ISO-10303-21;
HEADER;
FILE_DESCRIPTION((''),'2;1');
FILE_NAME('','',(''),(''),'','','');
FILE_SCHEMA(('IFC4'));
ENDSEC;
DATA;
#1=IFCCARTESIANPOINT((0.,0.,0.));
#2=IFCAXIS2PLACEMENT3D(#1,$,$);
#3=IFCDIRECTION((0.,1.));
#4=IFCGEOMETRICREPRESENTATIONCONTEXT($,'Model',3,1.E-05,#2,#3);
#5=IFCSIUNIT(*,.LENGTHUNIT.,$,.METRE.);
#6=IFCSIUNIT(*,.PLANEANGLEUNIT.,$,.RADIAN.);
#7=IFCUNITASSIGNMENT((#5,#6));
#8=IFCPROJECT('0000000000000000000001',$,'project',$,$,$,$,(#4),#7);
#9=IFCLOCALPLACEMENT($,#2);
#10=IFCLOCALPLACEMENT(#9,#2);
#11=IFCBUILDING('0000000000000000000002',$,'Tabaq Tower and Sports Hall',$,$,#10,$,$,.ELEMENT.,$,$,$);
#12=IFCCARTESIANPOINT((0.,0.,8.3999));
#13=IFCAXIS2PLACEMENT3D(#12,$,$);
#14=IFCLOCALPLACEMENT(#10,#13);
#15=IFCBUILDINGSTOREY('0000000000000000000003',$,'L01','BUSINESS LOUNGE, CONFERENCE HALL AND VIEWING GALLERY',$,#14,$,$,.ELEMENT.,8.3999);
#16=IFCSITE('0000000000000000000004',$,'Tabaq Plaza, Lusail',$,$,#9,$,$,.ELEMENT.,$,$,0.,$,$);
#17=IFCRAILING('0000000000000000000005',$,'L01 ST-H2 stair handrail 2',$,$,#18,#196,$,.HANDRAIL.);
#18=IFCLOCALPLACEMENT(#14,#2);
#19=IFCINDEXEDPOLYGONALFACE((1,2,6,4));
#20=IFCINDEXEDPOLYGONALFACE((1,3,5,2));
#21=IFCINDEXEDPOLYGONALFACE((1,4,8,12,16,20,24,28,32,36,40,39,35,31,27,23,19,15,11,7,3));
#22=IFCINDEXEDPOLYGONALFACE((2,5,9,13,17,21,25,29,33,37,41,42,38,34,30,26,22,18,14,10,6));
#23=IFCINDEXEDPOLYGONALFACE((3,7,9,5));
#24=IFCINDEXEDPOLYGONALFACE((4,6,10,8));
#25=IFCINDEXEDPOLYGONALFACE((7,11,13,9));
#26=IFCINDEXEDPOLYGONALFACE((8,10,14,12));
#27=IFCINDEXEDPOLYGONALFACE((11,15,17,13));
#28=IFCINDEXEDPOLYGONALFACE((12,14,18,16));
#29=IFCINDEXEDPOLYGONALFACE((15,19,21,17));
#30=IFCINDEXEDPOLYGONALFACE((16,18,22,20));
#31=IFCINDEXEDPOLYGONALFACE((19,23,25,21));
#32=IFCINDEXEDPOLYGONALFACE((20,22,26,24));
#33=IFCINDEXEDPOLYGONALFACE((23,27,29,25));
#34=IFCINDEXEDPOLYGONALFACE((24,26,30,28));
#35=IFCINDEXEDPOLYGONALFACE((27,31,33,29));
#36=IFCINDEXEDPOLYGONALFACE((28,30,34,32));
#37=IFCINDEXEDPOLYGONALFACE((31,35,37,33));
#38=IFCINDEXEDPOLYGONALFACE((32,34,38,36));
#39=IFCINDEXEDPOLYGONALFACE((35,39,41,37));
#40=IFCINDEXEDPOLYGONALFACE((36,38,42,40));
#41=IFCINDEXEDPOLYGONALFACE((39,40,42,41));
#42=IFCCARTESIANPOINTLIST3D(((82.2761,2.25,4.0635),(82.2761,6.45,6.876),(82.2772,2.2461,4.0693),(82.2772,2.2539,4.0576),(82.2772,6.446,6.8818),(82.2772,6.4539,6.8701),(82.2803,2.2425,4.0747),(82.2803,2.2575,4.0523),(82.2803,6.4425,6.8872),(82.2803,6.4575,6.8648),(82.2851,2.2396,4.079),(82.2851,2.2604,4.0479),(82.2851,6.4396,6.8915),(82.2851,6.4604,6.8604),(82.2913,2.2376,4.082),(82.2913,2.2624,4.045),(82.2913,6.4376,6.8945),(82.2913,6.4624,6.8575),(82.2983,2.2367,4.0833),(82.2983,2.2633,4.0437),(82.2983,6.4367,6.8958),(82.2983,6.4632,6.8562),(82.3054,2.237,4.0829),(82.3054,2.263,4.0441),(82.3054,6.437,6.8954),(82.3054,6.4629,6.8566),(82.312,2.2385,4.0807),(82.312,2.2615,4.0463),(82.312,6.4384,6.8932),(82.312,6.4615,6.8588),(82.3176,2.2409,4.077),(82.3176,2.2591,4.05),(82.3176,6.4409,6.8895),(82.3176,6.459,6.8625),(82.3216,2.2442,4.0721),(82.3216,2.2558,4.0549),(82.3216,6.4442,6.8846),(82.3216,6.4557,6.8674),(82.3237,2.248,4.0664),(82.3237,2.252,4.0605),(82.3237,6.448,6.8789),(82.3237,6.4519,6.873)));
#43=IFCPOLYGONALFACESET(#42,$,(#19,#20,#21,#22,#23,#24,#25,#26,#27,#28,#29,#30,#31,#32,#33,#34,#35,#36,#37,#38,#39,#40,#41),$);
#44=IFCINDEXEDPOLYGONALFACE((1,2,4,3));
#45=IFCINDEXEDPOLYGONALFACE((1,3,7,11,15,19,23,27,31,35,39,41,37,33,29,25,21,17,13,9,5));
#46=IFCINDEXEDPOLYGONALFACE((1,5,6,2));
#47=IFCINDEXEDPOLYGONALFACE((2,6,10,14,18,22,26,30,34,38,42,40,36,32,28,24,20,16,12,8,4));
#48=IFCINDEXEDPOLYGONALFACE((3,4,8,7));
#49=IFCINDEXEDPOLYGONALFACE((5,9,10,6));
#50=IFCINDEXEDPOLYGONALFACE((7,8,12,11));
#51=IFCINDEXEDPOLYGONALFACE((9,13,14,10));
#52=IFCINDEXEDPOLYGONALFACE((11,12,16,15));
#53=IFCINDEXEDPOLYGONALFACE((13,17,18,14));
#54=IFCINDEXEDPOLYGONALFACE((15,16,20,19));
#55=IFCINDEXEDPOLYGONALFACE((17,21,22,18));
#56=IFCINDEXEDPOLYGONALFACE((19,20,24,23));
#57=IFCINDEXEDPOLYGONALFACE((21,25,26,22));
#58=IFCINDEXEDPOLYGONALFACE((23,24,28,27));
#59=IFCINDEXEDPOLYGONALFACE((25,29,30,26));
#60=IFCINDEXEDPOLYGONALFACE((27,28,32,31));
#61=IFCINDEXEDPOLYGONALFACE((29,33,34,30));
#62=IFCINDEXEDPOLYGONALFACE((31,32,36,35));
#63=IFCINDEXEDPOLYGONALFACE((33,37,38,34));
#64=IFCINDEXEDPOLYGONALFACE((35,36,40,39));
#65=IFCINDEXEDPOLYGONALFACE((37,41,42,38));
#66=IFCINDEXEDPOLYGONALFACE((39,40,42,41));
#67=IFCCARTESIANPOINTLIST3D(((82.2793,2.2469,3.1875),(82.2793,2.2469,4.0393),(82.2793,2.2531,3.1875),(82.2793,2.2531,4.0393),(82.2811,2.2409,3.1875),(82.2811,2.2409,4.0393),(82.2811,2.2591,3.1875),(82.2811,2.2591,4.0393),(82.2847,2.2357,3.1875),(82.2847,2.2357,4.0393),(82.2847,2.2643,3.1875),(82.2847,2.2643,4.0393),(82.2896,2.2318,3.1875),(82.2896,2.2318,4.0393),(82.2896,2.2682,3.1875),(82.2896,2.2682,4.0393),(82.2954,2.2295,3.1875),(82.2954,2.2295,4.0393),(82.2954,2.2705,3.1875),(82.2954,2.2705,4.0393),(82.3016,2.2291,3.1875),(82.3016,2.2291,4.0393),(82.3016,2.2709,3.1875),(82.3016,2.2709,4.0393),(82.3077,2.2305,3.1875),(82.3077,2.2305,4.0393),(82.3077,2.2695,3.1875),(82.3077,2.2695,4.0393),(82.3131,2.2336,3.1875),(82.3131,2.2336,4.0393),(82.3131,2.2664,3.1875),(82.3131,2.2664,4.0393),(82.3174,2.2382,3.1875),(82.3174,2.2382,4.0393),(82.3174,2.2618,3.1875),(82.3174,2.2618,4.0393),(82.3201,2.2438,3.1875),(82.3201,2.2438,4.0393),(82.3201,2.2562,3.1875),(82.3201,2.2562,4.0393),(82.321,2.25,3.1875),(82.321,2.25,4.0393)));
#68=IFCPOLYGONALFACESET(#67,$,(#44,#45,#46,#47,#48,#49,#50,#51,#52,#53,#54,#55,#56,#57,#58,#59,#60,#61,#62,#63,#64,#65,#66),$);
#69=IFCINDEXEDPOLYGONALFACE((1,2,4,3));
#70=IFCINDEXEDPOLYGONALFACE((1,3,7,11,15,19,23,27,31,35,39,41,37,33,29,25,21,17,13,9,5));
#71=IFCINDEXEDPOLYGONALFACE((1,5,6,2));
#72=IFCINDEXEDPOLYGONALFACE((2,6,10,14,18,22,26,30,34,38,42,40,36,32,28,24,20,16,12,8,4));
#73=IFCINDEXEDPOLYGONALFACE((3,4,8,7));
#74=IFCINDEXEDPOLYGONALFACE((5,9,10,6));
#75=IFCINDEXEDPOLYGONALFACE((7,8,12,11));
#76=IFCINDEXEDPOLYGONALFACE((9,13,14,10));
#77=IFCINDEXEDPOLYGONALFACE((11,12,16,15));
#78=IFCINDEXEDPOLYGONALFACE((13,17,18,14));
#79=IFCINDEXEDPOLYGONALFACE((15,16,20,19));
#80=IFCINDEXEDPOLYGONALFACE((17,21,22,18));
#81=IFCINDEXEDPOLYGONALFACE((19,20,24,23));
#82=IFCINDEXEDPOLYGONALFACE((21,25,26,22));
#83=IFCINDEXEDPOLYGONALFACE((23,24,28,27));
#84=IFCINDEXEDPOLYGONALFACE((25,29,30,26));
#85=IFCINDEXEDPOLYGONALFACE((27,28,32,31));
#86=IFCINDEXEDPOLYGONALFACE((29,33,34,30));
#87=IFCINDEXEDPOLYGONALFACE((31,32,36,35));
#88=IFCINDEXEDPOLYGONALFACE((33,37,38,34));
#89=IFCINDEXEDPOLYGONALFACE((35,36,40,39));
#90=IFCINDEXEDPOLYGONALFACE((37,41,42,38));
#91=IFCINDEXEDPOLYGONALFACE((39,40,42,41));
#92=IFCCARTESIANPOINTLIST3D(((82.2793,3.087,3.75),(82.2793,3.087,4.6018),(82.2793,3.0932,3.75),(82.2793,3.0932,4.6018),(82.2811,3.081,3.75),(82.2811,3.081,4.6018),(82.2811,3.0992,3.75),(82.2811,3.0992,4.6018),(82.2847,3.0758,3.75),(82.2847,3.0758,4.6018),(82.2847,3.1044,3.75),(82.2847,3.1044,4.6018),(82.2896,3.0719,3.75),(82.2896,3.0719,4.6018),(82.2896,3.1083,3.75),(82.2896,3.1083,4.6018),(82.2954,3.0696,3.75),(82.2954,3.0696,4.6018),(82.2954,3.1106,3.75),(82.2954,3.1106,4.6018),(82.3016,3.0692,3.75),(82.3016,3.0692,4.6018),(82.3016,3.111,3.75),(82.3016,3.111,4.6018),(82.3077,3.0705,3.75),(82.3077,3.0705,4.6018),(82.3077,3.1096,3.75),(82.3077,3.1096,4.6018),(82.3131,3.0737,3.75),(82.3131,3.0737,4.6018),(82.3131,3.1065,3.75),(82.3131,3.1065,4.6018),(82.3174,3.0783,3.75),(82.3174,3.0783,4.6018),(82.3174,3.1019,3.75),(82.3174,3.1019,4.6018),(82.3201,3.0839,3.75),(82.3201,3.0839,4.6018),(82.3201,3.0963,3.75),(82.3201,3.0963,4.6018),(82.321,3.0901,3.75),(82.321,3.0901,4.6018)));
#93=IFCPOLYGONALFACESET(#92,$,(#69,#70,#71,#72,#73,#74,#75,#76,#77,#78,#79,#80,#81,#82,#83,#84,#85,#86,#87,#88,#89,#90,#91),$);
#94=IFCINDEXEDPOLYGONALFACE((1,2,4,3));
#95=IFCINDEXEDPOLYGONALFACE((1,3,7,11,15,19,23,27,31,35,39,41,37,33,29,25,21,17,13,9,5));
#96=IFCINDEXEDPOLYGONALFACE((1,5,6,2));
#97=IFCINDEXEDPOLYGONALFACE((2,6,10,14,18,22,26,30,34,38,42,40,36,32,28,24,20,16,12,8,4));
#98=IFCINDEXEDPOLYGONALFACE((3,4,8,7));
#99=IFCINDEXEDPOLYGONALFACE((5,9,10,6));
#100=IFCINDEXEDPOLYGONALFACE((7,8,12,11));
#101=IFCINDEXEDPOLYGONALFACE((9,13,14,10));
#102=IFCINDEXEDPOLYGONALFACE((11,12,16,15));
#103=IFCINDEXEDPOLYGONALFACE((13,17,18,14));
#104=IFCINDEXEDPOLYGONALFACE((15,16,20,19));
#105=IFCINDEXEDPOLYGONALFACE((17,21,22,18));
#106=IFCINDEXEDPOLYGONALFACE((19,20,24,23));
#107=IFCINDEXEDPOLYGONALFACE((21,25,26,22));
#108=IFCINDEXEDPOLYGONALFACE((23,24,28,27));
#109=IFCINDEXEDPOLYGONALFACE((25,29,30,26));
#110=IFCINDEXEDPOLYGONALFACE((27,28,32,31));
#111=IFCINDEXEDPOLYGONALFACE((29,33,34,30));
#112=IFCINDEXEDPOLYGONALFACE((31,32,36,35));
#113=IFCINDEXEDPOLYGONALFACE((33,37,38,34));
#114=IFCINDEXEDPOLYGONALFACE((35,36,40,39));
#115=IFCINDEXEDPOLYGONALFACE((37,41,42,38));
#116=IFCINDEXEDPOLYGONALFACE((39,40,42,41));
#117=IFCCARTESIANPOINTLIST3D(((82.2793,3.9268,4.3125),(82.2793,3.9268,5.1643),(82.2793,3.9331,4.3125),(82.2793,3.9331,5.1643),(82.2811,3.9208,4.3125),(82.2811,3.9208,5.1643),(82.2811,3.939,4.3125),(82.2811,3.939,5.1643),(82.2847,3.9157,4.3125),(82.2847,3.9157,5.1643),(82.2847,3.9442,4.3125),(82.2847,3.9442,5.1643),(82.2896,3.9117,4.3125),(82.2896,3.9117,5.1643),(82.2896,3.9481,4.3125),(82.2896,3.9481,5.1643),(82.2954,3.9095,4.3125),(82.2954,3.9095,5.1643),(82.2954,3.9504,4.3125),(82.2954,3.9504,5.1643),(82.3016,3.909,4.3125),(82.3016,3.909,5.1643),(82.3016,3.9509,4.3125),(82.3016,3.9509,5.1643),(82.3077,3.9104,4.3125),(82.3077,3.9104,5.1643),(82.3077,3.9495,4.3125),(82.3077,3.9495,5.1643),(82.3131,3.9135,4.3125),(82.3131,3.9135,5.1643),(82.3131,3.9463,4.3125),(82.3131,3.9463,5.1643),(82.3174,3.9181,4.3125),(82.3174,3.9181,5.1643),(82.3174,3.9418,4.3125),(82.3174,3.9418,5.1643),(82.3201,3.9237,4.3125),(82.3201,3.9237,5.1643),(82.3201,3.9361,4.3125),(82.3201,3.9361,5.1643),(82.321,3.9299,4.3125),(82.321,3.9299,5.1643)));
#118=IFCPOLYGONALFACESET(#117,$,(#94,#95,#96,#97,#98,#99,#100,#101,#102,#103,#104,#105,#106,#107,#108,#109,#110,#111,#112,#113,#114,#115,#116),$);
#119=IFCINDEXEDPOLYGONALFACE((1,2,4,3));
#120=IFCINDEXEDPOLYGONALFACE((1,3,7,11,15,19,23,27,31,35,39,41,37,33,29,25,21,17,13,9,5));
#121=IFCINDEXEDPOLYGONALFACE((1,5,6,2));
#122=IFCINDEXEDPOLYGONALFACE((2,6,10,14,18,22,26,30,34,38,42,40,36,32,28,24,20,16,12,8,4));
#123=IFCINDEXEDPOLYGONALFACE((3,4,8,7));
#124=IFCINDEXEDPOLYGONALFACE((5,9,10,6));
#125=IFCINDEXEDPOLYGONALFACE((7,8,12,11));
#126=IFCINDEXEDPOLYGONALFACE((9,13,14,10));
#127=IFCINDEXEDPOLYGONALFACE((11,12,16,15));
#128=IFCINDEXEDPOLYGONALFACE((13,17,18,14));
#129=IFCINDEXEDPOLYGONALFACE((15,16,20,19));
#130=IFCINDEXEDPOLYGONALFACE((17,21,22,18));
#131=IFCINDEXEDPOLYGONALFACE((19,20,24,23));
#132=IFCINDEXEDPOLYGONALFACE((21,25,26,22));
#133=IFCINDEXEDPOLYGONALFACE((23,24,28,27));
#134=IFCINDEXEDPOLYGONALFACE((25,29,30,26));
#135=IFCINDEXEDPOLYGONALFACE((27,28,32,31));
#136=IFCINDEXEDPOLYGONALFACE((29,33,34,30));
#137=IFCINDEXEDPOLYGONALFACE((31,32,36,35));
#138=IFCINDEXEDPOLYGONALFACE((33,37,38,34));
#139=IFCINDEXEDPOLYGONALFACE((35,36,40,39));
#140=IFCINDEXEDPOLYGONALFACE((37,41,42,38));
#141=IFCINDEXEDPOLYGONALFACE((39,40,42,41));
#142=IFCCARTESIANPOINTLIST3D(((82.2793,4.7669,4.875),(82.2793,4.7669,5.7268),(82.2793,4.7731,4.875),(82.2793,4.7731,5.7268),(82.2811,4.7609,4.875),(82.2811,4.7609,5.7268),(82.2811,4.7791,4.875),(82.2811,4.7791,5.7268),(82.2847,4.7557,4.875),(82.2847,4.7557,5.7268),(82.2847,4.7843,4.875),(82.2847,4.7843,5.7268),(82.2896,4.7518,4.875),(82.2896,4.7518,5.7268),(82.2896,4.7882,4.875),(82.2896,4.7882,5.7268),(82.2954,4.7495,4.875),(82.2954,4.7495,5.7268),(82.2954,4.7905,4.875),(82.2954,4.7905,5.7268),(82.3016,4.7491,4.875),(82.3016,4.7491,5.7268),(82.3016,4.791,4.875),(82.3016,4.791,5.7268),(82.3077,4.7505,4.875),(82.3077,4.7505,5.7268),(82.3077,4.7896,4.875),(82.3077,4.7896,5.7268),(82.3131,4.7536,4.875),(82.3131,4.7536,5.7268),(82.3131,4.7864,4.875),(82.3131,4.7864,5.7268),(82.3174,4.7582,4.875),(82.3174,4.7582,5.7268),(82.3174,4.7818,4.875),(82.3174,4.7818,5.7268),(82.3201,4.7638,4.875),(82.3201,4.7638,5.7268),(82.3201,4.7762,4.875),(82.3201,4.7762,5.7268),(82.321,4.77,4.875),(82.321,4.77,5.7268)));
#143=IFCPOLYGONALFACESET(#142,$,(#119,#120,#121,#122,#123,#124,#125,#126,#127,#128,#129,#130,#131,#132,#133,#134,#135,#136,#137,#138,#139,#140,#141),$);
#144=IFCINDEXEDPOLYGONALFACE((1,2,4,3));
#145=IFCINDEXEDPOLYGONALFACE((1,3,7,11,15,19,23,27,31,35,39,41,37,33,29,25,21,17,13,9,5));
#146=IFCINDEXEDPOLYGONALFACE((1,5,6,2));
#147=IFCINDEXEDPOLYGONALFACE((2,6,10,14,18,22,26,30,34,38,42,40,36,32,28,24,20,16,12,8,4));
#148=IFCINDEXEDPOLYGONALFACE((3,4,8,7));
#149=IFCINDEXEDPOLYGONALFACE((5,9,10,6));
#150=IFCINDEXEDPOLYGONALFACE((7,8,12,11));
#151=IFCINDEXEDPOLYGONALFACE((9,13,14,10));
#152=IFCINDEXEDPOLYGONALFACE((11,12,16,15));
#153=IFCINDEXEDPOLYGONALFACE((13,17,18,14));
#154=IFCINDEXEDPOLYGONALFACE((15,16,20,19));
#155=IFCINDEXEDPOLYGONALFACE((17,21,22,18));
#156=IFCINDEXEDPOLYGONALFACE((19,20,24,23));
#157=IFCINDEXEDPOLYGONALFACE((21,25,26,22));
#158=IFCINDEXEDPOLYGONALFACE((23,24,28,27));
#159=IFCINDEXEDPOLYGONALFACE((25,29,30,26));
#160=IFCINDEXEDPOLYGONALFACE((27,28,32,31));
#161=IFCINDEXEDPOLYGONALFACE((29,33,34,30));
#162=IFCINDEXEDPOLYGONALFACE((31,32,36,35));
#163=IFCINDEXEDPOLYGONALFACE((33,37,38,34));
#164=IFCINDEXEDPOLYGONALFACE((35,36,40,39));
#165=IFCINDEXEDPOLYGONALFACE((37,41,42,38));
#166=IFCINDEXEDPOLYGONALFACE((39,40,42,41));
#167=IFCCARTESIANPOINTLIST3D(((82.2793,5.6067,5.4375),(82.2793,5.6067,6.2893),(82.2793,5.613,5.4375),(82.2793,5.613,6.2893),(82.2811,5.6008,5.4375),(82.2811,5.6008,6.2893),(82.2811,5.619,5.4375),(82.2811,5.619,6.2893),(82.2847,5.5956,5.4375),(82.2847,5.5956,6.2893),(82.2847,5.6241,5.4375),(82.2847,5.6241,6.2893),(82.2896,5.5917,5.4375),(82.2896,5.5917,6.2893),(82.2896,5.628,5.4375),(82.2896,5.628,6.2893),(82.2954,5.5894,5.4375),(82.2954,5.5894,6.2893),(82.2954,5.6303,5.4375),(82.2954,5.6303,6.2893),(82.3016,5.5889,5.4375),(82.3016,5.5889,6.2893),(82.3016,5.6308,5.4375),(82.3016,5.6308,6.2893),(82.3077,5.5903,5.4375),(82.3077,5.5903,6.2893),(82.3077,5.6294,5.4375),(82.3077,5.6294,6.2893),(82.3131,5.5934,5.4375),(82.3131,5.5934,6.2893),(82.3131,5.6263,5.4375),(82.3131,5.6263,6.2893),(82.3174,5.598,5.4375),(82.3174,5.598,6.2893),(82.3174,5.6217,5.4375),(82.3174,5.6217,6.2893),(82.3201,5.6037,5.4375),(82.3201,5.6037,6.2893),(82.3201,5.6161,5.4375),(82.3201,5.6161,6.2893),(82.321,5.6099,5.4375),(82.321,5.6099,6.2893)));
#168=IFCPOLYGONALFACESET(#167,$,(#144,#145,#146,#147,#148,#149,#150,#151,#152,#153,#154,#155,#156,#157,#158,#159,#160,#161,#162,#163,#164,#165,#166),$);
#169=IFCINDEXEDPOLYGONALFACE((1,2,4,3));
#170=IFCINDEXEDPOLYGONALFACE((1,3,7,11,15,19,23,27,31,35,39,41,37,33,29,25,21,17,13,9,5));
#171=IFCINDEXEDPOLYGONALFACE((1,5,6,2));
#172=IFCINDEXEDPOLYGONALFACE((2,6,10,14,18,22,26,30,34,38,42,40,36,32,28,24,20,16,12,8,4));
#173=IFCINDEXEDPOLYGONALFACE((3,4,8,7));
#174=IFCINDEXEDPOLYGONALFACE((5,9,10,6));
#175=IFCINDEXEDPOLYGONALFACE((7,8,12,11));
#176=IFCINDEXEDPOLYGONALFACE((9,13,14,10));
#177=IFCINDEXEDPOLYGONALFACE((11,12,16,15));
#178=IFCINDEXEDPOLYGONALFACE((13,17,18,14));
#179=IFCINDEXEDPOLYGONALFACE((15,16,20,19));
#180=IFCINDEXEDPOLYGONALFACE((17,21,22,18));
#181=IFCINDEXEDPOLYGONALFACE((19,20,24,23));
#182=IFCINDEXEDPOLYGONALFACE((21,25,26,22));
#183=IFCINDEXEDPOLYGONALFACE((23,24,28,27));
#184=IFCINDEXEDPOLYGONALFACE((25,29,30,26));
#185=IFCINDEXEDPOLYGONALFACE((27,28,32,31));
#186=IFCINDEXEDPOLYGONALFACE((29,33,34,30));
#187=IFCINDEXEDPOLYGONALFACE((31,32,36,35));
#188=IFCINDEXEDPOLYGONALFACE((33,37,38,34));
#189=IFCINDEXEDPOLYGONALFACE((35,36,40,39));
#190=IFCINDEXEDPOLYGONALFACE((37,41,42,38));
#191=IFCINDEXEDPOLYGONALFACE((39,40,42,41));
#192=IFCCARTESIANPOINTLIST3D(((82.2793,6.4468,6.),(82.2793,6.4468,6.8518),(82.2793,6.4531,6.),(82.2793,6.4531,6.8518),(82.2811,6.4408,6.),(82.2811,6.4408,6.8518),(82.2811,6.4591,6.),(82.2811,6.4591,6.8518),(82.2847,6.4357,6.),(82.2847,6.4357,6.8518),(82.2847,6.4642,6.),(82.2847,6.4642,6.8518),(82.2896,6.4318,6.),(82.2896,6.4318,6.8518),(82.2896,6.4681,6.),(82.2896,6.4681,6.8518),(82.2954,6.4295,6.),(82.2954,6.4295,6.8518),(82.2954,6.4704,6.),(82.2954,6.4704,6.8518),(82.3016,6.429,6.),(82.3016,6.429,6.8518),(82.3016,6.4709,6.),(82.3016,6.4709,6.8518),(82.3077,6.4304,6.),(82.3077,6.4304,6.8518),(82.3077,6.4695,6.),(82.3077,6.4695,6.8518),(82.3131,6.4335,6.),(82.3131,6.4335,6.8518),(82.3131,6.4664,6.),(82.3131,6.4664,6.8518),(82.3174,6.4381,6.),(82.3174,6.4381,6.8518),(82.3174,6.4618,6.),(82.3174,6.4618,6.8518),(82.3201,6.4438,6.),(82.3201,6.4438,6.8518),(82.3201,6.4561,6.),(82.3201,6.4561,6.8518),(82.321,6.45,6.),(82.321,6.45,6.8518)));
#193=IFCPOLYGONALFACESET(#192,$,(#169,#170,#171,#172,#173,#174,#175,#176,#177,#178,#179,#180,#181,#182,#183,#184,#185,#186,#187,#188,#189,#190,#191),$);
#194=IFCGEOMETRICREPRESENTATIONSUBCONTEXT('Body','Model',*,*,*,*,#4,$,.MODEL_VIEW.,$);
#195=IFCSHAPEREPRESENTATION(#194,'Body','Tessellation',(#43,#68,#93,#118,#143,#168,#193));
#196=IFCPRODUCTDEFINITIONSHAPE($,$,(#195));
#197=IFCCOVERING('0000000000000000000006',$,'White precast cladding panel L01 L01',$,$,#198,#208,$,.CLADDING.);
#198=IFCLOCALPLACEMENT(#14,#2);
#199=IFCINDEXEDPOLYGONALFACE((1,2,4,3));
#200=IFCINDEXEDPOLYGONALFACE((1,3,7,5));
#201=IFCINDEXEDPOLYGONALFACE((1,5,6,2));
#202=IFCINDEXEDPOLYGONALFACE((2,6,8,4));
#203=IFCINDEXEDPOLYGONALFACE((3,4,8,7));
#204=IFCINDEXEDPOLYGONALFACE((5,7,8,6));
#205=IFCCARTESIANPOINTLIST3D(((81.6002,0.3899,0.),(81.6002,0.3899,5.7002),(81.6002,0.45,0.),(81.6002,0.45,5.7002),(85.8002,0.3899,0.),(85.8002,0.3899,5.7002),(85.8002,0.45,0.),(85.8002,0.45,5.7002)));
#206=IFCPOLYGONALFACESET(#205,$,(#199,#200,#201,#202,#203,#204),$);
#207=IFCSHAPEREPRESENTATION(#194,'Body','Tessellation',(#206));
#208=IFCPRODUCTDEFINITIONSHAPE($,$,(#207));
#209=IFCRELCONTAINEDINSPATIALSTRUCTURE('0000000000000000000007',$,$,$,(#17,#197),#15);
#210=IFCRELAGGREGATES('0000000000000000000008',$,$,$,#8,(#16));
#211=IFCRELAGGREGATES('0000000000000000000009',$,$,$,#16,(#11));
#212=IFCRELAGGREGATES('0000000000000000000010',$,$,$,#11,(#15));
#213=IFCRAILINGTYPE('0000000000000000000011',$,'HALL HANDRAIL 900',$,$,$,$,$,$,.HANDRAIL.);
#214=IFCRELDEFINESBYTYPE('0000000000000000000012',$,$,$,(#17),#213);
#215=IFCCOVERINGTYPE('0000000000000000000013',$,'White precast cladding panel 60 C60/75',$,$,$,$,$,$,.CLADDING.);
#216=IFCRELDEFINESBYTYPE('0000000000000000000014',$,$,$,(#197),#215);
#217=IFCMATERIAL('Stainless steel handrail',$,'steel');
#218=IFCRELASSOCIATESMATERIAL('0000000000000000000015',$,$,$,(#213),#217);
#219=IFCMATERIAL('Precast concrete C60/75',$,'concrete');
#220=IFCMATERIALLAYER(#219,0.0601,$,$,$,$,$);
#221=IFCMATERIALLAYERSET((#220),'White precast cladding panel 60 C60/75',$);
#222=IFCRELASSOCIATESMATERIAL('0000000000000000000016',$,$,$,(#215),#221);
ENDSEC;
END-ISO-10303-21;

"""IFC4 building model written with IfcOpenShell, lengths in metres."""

from ifc_helpers import new_model, si_unit, direction, frame, frame_2d, origin, origin_2d, place, context, subcontext, project, spatial, rectangle, circle, extrude, material, layer, layer_set, type_object, element, save


model = new_model("IFC4")

# Units and contexts
model_context = context("Model", 3, precision=1e-05, world=origin(), true_north=direction((0.0, 1.0)))
body_context = subcontext(model_context, "Body", "Model", "MODEL_VIEW")
ifc_project = project(units=[si_unit("LENGTHUNIT", "METRE"), si_unit("PLANEANGLEUNIT", "RADIAN")], contexts=[model_context])

# Site, building, storey
site_placement = place(None, origin())
site = spatial("IfcSite", under=ifc_project, at=site_placement, Name="Tabaq Plaza, Lusail", CompositionType="ELEMENT", RefElevation=0.0)
building_placement = place(site_placement, origin())
building = spatial("IfcBuilding", under=site, at=building_placement, Name="Tabaq Tower and Sports Hall", CompositionType="ELEMENT")
storey_placement = place(building_placement, frame((0.0, 0.0, 8.3999)))
storey = spatial("IfcBuildingStorey", under=building, at=storey_placement, Name="L01", Description="BUSINESS LOUNGE, CONFERENCE HALL AND VIEWING GALLERY", CompositionType="ELEMENT", Elevation=8.3999)

# Railing
ifc_material_1 = material(Name="Stainless steel handrail", Category="steel")
railing_type_1 = type_object("IfcRailingType", Name="HALL HANDRAIL 900", PredefinedType="HANDRAIL", material=ifc_material_1)
railing_1_placement = place(storey_placement, frame((82.3, 2.25, 3.1875)))
element("IfcRailing", 1, at=railing_1_placement, inside=storey, type_object=railing_type_1, Name="L01 ST-H2 stair handrail 2", PredefinedType="HANDRAIL", context=body_context, shape_type="SweptSolid", body=[
    extrude(circle(Radius=0.0239, at=origin_2d()), frame((0.0, 0.0, 0.876), z_axis=(0.0, 0.830904, 0.556416), x_axis=(-1.0, 0.0, 0.0)), (0.0, 0.0, 1.0), 5.0547),
    extrude(circle(Radius=0.021, at=origin_2d()), origin(), (0.0, 0.0, 1.0), 0.8518),
    extrude(circle(Radius=0.021, at=origin_2d()), frame((0.0, 0.8401, 0.5625)), (0.0, 0.0, 1.0), 0.8518),
    extrude(circle(Radius=0.021, at=origin_2d()), frame((0.0, 1.6799, 1.125)), (0.0, 0.0, 1.0), 0.8518),
    extrude(circle(Radius=0.021, at=origin_2d()), frame((0.0, 2.52, 1.6875)), (0.0, 0.0, 1.0), 0.8518),
    extrude(circle(Radius=0.021, at=origin_2d()), frame((0.0, 3.3599, 2.25)), (0.0, 0.0, 1.0), 0.8518),
    extrude(circle(Radius=0.021, at=origin_2d()), frame((0.0, 4.2, 2.8125)), (0.0, 0.0, 1.0), 0.8518),
])

# Covering
ifc_material_2 = material(Name="Precast concrete C60/75", Category="concrete")
ifc_layer_1 = layer(ifc_material_2, 0.0601)
ifc_layer_set_1 = layer_set([ifc_layer_1], Name="White precast cladding panel 60 C60/75")
covering_type = type_object("IfcCoveringType", Name="White precast cladding panel 60 C60/75", PredefinedType="CLADDING", material=ifc_layer_set_1)
covering_1_placement = place(storey_placement, frame((81.6001, 0.4199, 0.0), z_axis=(0.0, 0.0, 1.0), x_axis=(1.0, 0.0, 0.0)))
element("IfcCovering", 2, at=covering_1_placement, inside=storey, type_object=covering_type, Name="White precast cladding panel L01 L01", PredefinedType="CLADDING", context=body_context, shape_type="SweptSolid", body=[
    extrude(rectangle(XDim=4.2, YDim=0.0601, at=frame_2d((2.1001, 0.0))), origin(), (0.0, 0.0, 1.0), 5.7002),
])

save(model, "model.ifc")
